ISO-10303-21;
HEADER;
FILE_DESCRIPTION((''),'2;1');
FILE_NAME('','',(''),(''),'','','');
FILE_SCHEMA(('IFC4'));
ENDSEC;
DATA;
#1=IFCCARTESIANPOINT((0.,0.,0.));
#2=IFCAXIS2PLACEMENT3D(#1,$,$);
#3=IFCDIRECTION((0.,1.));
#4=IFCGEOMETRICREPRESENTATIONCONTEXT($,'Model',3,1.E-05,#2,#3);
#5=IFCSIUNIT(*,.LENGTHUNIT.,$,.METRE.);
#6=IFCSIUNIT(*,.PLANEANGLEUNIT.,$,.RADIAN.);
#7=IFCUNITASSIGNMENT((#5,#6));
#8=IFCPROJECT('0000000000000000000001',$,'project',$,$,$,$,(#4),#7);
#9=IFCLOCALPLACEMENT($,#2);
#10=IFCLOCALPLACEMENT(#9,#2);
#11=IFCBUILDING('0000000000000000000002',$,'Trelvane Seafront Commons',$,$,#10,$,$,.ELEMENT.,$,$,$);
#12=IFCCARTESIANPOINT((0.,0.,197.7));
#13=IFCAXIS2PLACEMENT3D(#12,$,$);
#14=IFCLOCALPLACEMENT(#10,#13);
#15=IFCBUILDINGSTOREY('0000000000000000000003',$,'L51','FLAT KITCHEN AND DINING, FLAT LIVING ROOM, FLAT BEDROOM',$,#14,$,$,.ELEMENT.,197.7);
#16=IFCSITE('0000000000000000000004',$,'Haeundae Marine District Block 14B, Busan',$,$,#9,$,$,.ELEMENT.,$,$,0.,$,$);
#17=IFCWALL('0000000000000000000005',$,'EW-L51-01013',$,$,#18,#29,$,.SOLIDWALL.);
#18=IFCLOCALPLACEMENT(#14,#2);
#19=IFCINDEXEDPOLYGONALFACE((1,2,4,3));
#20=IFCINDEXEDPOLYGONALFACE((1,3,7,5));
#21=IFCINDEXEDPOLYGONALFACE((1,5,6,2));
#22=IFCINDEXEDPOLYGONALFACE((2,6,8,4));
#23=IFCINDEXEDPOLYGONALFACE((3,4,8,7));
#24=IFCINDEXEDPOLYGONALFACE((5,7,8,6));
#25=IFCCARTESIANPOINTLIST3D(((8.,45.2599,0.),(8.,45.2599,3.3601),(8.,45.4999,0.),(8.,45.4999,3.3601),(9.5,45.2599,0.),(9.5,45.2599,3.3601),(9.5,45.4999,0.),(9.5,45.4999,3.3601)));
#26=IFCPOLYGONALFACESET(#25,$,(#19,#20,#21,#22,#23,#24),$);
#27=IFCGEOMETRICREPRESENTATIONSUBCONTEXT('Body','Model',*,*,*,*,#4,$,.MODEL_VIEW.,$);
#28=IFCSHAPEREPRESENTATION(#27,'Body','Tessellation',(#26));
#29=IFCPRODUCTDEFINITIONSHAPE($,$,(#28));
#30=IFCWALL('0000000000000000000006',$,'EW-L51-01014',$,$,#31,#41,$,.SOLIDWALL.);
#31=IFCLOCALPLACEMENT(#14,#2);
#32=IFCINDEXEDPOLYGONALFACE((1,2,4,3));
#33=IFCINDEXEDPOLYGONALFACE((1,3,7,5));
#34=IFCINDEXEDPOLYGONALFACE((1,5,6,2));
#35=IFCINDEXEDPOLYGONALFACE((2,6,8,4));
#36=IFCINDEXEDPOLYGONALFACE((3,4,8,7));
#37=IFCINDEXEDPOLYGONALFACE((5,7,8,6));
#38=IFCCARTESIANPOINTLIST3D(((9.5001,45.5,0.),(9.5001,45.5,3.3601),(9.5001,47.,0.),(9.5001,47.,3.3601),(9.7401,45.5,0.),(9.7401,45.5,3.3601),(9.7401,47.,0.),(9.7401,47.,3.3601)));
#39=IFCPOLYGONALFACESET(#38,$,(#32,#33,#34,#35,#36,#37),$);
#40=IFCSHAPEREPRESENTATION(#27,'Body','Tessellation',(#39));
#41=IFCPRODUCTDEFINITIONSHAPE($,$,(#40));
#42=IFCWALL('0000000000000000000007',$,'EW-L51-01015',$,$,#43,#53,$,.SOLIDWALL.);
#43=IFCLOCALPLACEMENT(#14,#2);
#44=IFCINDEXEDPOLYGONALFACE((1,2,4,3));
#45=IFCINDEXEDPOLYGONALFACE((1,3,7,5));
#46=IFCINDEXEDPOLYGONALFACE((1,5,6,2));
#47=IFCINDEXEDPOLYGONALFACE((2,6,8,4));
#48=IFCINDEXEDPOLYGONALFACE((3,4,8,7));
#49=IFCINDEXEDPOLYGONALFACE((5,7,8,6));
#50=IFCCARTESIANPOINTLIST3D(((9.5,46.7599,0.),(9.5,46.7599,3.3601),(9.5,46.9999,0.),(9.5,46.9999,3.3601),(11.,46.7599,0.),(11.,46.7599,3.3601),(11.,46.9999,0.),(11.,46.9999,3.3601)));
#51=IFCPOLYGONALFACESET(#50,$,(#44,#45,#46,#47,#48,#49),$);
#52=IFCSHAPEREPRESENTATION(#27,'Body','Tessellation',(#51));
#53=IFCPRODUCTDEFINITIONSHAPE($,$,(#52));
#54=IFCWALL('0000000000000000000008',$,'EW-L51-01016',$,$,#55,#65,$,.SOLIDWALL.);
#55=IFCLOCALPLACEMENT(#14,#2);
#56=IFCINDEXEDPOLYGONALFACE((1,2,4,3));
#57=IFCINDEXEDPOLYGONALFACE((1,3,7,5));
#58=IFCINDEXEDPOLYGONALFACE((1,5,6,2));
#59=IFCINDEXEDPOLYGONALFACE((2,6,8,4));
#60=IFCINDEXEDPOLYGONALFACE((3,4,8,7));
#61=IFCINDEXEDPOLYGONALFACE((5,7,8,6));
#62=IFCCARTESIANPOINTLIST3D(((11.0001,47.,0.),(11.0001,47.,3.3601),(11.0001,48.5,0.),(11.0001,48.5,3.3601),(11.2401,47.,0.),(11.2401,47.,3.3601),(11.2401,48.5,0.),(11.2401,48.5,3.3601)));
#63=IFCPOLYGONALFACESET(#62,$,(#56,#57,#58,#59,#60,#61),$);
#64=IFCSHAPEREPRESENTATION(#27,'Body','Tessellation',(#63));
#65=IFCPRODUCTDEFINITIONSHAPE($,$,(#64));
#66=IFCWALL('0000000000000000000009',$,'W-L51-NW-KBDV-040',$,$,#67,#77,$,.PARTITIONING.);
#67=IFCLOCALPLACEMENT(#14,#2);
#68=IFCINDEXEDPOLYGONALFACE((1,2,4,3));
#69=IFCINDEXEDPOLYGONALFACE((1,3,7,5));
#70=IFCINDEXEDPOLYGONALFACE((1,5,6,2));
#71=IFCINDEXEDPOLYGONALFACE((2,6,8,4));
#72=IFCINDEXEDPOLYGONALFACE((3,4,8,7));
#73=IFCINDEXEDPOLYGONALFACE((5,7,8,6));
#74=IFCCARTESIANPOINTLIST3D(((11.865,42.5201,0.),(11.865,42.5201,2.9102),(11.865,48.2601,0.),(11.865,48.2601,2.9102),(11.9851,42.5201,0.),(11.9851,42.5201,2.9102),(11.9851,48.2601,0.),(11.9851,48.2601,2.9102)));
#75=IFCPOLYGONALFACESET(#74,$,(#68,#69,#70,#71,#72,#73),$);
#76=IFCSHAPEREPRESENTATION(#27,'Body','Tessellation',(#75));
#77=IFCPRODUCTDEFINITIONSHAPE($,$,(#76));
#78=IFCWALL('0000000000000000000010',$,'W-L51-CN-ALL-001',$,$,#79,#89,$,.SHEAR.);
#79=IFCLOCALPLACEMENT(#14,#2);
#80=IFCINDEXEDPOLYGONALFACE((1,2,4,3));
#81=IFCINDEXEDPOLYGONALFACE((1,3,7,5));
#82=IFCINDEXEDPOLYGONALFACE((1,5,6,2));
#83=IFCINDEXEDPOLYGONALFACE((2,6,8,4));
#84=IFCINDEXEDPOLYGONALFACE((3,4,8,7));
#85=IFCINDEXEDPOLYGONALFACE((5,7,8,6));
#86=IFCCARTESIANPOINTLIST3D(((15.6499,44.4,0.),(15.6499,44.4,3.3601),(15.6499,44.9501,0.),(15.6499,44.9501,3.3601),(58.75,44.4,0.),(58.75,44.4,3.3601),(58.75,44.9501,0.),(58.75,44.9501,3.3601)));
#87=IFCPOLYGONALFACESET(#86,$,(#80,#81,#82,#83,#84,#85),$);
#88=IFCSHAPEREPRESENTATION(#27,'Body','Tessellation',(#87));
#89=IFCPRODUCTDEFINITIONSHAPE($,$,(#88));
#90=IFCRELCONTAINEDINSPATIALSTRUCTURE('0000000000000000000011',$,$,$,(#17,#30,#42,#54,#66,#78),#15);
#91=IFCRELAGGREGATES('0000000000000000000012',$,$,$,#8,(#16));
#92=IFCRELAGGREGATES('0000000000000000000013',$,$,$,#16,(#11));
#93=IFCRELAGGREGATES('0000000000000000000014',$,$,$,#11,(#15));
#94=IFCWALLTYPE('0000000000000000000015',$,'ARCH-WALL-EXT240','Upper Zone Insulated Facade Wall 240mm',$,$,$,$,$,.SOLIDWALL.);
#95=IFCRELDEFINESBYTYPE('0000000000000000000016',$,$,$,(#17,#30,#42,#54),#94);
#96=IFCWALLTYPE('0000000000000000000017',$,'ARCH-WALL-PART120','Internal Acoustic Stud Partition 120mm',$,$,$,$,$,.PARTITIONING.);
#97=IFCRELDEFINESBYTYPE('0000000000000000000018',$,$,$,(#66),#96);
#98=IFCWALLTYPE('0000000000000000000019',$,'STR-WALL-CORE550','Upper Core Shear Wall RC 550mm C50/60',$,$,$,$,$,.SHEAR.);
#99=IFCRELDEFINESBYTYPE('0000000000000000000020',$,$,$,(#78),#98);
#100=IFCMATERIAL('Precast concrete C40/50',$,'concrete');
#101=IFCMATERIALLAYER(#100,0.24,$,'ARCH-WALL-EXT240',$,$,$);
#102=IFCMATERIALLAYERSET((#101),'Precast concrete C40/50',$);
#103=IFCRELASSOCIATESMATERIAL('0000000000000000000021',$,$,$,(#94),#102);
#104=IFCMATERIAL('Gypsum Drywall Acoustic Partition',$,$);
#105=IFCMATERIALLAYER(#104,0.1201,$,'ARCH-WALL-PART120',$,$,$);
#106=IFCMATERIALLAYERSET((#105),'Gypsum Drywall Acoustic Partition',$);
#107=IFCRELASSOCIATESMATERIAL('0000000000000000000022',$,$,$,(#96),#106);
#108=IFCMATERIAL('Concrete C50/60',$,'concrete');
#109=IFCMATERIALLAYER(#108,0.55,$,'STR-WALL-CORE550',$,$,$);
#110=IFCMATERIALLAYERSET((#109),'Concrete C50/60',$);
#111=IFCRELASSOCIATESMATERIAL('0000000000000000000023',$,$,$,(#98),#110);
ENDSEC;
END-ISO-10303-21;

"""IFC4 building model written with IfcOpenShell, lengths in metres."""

from ifc_helpers import new_model, si_unit, direction, frame, frame_2d, origin, place, context, subcontext, project, spatial, rectangle, extrude, material, layer, layer_set, type_object, element, save


model = new_model("IFC4")

# Units and contexts
model_context = context("Model", 3, precision=1e-05, world=origin(), true_north=direction((0.0, 1.0)))
body_context = subcontext(model_context, "Body", "Model", "MODEL_VIEW")
ifc_project = project(units=[si_unit("LENGTHUNIT", "METRE"), si_unit("PLANEANGLEUNIT", "RADIAN")], contexts=[model_context])

# Site, building, storey
site_placement = place(None, origin())
site = spatial("IfcSite", under=ifc_project, at=site_placement, Name="Haeundae Marine District Block 14B, Busan", CompositionType="ELEMENT", RefElevation=0.0)
building_placement = place(site_placement, origin())
building = spatial("IfcBuilding", under=site, at=building_placement, Name="Trelvane Seafront Commons", CompositionType="ELEMENT")
storey_placement = place(building_placement, frame((0.0, 0.0, 197.7)))
storey = spatial("IfcBuildingStorey", under=building, at=storey_placement, Name="L51", Description="FLAT KITCHEN AND DINING, FLAT LIVING ROOM, FLAT BEDROOM", CompositionType="ELEMENT", Elevation=197.7)

# Shared definitions
ifc_material_1 = material(Name="Concrete C50/60", Category="concrete")

# Shared definitions
ifc_material_2 = material(Name="Precast concrete C40/50", Category="concrete")
ifc_layer_1 = layer(ifc_material_2, 0.24, Name="ARCH-WALL-EXT240")
ifc_layer_set_1 = layer_set([ifc_layer_1], Name="Precast concrete C40/50")
wall_type_1 = type_object("IfcWallType", Name="ARCH-WALL-EXT240", Description="Upper Zone Insulated Facade Wall 240mm", PredefinedType="SOLIDWALL", material=ifc_layer_set_1)

# Walls
for number, where, z_axis, x_axis, name in (
    (1, (8.0, 45.3799, 0.0), (0.0, 0.0, 1.0), (1.0, 0.0, 0.0), "EW-L51-01013"),
    (2, (9.6201, 45.5, 0.0), (0.0, 0.0, 1.0), (0.0, 1.0, 0.0), "EW-L51-01014"),
    (3, (9.5, 46.8799, 0.0), (0.0, 0.0, 1.0), (1.0, 0.0, 0.0), "EW-L51-01015"),
    (4, (11.1201, 47.0, 0.0), (0.0, 0.0, 1.0), (0.0, 1.0, 0.0), "EW-L51-01016"),
):
    element("IfcWall", number, at=place(storey_placement, frame(where, z_axis=z_axis, x_axis=x_axis)), inside=storey, type_object=wall_type_1, Name=name, PredefinedType="SOLIDWALL", context=body_context, shape_type="SweptSolid", body=[
        extrude(rectangle(XDim=1.5, YDim=0.24, at=frame_2d((0.75, 0.0))), origin(), (0.0, 0.0, 1.0), 3.3601),
    ])

# Shared definitions
ifc_material_3 = material(Name="Gypsum Drywall Acoustic Partition")
ifc_layer_2 = layer(ifc_material_3, 0.1201, Name="ARCH-WALL-PART120")
ifc_layer_set_2 = layer_set([ifc_layer_2], Name="Gypsum Drywall Acoustic Partition")
wall_type_2 = type_object("IfcWallType", Name="ARCH-WALL-PART120", Description="Internal Acoustic Stud Partition 120mm", PredefinedType="PARTITIONING", material=ifc_layer_set_2)

# Wall
wall_1_placement = place(storey_placement, frame((11.925, 42.52, 0.0), z_axis=(0.0, 0.0, 1.0), x_axis=(0.0, 1.0, 0.0)))
element("IfcWall", 5, at=wall_1_placement, inside=storey, type_object=wall_type_2, Name="W-L51-NW-KBDV-040", PredefinedType="PARTITIONING", context=body_context, shape_type="SweptSolid", body=[
    extrude(rectangle(XDim=5.74, YDim=0.1201, at=frame_2d((2.8701, 0.0))), origin(), (0.0, 0.0, 1.0), 2.9102),
])

# Wall
ifc_layer_3 = layer(ifc_material_1, 0.55, Name="STR-WALL-CORE550")
ifc_layer_set_3 = layer_set([ifc_layer_3], Name="Concrete C50/60")
wall_type_3 = type_object("IfcWallType", Name="STR-WALL-CORE550", Description="Upper Core Shear Wall RC 550mm C50/60", PredefinedType="SHEAR", material=ifc_layer_set_3)
wall_2_placement = place(storey_placement, frame((15.6499, 44.675, 0.0), z_axis=(0.0, 0.0, 1.0), x_axis=(1.0, 0.0, 0.0)))
element("IfcWall", 6, at=wall_2_placement, inside=storey, type_object=wall_type_3, Name="W-L51-CN-ALL-001", PredefinedType="SHEAR", context=body_context, shape_type="SweptSolid", body=[
    extrude(rectangle(XDim=43.1001, YDim=0.55, at=frame_2d((21.55, 0.0))), origin(), (0.0, 0.0, 1.0), 3.3601),
])

save(model, "model.ifc")
